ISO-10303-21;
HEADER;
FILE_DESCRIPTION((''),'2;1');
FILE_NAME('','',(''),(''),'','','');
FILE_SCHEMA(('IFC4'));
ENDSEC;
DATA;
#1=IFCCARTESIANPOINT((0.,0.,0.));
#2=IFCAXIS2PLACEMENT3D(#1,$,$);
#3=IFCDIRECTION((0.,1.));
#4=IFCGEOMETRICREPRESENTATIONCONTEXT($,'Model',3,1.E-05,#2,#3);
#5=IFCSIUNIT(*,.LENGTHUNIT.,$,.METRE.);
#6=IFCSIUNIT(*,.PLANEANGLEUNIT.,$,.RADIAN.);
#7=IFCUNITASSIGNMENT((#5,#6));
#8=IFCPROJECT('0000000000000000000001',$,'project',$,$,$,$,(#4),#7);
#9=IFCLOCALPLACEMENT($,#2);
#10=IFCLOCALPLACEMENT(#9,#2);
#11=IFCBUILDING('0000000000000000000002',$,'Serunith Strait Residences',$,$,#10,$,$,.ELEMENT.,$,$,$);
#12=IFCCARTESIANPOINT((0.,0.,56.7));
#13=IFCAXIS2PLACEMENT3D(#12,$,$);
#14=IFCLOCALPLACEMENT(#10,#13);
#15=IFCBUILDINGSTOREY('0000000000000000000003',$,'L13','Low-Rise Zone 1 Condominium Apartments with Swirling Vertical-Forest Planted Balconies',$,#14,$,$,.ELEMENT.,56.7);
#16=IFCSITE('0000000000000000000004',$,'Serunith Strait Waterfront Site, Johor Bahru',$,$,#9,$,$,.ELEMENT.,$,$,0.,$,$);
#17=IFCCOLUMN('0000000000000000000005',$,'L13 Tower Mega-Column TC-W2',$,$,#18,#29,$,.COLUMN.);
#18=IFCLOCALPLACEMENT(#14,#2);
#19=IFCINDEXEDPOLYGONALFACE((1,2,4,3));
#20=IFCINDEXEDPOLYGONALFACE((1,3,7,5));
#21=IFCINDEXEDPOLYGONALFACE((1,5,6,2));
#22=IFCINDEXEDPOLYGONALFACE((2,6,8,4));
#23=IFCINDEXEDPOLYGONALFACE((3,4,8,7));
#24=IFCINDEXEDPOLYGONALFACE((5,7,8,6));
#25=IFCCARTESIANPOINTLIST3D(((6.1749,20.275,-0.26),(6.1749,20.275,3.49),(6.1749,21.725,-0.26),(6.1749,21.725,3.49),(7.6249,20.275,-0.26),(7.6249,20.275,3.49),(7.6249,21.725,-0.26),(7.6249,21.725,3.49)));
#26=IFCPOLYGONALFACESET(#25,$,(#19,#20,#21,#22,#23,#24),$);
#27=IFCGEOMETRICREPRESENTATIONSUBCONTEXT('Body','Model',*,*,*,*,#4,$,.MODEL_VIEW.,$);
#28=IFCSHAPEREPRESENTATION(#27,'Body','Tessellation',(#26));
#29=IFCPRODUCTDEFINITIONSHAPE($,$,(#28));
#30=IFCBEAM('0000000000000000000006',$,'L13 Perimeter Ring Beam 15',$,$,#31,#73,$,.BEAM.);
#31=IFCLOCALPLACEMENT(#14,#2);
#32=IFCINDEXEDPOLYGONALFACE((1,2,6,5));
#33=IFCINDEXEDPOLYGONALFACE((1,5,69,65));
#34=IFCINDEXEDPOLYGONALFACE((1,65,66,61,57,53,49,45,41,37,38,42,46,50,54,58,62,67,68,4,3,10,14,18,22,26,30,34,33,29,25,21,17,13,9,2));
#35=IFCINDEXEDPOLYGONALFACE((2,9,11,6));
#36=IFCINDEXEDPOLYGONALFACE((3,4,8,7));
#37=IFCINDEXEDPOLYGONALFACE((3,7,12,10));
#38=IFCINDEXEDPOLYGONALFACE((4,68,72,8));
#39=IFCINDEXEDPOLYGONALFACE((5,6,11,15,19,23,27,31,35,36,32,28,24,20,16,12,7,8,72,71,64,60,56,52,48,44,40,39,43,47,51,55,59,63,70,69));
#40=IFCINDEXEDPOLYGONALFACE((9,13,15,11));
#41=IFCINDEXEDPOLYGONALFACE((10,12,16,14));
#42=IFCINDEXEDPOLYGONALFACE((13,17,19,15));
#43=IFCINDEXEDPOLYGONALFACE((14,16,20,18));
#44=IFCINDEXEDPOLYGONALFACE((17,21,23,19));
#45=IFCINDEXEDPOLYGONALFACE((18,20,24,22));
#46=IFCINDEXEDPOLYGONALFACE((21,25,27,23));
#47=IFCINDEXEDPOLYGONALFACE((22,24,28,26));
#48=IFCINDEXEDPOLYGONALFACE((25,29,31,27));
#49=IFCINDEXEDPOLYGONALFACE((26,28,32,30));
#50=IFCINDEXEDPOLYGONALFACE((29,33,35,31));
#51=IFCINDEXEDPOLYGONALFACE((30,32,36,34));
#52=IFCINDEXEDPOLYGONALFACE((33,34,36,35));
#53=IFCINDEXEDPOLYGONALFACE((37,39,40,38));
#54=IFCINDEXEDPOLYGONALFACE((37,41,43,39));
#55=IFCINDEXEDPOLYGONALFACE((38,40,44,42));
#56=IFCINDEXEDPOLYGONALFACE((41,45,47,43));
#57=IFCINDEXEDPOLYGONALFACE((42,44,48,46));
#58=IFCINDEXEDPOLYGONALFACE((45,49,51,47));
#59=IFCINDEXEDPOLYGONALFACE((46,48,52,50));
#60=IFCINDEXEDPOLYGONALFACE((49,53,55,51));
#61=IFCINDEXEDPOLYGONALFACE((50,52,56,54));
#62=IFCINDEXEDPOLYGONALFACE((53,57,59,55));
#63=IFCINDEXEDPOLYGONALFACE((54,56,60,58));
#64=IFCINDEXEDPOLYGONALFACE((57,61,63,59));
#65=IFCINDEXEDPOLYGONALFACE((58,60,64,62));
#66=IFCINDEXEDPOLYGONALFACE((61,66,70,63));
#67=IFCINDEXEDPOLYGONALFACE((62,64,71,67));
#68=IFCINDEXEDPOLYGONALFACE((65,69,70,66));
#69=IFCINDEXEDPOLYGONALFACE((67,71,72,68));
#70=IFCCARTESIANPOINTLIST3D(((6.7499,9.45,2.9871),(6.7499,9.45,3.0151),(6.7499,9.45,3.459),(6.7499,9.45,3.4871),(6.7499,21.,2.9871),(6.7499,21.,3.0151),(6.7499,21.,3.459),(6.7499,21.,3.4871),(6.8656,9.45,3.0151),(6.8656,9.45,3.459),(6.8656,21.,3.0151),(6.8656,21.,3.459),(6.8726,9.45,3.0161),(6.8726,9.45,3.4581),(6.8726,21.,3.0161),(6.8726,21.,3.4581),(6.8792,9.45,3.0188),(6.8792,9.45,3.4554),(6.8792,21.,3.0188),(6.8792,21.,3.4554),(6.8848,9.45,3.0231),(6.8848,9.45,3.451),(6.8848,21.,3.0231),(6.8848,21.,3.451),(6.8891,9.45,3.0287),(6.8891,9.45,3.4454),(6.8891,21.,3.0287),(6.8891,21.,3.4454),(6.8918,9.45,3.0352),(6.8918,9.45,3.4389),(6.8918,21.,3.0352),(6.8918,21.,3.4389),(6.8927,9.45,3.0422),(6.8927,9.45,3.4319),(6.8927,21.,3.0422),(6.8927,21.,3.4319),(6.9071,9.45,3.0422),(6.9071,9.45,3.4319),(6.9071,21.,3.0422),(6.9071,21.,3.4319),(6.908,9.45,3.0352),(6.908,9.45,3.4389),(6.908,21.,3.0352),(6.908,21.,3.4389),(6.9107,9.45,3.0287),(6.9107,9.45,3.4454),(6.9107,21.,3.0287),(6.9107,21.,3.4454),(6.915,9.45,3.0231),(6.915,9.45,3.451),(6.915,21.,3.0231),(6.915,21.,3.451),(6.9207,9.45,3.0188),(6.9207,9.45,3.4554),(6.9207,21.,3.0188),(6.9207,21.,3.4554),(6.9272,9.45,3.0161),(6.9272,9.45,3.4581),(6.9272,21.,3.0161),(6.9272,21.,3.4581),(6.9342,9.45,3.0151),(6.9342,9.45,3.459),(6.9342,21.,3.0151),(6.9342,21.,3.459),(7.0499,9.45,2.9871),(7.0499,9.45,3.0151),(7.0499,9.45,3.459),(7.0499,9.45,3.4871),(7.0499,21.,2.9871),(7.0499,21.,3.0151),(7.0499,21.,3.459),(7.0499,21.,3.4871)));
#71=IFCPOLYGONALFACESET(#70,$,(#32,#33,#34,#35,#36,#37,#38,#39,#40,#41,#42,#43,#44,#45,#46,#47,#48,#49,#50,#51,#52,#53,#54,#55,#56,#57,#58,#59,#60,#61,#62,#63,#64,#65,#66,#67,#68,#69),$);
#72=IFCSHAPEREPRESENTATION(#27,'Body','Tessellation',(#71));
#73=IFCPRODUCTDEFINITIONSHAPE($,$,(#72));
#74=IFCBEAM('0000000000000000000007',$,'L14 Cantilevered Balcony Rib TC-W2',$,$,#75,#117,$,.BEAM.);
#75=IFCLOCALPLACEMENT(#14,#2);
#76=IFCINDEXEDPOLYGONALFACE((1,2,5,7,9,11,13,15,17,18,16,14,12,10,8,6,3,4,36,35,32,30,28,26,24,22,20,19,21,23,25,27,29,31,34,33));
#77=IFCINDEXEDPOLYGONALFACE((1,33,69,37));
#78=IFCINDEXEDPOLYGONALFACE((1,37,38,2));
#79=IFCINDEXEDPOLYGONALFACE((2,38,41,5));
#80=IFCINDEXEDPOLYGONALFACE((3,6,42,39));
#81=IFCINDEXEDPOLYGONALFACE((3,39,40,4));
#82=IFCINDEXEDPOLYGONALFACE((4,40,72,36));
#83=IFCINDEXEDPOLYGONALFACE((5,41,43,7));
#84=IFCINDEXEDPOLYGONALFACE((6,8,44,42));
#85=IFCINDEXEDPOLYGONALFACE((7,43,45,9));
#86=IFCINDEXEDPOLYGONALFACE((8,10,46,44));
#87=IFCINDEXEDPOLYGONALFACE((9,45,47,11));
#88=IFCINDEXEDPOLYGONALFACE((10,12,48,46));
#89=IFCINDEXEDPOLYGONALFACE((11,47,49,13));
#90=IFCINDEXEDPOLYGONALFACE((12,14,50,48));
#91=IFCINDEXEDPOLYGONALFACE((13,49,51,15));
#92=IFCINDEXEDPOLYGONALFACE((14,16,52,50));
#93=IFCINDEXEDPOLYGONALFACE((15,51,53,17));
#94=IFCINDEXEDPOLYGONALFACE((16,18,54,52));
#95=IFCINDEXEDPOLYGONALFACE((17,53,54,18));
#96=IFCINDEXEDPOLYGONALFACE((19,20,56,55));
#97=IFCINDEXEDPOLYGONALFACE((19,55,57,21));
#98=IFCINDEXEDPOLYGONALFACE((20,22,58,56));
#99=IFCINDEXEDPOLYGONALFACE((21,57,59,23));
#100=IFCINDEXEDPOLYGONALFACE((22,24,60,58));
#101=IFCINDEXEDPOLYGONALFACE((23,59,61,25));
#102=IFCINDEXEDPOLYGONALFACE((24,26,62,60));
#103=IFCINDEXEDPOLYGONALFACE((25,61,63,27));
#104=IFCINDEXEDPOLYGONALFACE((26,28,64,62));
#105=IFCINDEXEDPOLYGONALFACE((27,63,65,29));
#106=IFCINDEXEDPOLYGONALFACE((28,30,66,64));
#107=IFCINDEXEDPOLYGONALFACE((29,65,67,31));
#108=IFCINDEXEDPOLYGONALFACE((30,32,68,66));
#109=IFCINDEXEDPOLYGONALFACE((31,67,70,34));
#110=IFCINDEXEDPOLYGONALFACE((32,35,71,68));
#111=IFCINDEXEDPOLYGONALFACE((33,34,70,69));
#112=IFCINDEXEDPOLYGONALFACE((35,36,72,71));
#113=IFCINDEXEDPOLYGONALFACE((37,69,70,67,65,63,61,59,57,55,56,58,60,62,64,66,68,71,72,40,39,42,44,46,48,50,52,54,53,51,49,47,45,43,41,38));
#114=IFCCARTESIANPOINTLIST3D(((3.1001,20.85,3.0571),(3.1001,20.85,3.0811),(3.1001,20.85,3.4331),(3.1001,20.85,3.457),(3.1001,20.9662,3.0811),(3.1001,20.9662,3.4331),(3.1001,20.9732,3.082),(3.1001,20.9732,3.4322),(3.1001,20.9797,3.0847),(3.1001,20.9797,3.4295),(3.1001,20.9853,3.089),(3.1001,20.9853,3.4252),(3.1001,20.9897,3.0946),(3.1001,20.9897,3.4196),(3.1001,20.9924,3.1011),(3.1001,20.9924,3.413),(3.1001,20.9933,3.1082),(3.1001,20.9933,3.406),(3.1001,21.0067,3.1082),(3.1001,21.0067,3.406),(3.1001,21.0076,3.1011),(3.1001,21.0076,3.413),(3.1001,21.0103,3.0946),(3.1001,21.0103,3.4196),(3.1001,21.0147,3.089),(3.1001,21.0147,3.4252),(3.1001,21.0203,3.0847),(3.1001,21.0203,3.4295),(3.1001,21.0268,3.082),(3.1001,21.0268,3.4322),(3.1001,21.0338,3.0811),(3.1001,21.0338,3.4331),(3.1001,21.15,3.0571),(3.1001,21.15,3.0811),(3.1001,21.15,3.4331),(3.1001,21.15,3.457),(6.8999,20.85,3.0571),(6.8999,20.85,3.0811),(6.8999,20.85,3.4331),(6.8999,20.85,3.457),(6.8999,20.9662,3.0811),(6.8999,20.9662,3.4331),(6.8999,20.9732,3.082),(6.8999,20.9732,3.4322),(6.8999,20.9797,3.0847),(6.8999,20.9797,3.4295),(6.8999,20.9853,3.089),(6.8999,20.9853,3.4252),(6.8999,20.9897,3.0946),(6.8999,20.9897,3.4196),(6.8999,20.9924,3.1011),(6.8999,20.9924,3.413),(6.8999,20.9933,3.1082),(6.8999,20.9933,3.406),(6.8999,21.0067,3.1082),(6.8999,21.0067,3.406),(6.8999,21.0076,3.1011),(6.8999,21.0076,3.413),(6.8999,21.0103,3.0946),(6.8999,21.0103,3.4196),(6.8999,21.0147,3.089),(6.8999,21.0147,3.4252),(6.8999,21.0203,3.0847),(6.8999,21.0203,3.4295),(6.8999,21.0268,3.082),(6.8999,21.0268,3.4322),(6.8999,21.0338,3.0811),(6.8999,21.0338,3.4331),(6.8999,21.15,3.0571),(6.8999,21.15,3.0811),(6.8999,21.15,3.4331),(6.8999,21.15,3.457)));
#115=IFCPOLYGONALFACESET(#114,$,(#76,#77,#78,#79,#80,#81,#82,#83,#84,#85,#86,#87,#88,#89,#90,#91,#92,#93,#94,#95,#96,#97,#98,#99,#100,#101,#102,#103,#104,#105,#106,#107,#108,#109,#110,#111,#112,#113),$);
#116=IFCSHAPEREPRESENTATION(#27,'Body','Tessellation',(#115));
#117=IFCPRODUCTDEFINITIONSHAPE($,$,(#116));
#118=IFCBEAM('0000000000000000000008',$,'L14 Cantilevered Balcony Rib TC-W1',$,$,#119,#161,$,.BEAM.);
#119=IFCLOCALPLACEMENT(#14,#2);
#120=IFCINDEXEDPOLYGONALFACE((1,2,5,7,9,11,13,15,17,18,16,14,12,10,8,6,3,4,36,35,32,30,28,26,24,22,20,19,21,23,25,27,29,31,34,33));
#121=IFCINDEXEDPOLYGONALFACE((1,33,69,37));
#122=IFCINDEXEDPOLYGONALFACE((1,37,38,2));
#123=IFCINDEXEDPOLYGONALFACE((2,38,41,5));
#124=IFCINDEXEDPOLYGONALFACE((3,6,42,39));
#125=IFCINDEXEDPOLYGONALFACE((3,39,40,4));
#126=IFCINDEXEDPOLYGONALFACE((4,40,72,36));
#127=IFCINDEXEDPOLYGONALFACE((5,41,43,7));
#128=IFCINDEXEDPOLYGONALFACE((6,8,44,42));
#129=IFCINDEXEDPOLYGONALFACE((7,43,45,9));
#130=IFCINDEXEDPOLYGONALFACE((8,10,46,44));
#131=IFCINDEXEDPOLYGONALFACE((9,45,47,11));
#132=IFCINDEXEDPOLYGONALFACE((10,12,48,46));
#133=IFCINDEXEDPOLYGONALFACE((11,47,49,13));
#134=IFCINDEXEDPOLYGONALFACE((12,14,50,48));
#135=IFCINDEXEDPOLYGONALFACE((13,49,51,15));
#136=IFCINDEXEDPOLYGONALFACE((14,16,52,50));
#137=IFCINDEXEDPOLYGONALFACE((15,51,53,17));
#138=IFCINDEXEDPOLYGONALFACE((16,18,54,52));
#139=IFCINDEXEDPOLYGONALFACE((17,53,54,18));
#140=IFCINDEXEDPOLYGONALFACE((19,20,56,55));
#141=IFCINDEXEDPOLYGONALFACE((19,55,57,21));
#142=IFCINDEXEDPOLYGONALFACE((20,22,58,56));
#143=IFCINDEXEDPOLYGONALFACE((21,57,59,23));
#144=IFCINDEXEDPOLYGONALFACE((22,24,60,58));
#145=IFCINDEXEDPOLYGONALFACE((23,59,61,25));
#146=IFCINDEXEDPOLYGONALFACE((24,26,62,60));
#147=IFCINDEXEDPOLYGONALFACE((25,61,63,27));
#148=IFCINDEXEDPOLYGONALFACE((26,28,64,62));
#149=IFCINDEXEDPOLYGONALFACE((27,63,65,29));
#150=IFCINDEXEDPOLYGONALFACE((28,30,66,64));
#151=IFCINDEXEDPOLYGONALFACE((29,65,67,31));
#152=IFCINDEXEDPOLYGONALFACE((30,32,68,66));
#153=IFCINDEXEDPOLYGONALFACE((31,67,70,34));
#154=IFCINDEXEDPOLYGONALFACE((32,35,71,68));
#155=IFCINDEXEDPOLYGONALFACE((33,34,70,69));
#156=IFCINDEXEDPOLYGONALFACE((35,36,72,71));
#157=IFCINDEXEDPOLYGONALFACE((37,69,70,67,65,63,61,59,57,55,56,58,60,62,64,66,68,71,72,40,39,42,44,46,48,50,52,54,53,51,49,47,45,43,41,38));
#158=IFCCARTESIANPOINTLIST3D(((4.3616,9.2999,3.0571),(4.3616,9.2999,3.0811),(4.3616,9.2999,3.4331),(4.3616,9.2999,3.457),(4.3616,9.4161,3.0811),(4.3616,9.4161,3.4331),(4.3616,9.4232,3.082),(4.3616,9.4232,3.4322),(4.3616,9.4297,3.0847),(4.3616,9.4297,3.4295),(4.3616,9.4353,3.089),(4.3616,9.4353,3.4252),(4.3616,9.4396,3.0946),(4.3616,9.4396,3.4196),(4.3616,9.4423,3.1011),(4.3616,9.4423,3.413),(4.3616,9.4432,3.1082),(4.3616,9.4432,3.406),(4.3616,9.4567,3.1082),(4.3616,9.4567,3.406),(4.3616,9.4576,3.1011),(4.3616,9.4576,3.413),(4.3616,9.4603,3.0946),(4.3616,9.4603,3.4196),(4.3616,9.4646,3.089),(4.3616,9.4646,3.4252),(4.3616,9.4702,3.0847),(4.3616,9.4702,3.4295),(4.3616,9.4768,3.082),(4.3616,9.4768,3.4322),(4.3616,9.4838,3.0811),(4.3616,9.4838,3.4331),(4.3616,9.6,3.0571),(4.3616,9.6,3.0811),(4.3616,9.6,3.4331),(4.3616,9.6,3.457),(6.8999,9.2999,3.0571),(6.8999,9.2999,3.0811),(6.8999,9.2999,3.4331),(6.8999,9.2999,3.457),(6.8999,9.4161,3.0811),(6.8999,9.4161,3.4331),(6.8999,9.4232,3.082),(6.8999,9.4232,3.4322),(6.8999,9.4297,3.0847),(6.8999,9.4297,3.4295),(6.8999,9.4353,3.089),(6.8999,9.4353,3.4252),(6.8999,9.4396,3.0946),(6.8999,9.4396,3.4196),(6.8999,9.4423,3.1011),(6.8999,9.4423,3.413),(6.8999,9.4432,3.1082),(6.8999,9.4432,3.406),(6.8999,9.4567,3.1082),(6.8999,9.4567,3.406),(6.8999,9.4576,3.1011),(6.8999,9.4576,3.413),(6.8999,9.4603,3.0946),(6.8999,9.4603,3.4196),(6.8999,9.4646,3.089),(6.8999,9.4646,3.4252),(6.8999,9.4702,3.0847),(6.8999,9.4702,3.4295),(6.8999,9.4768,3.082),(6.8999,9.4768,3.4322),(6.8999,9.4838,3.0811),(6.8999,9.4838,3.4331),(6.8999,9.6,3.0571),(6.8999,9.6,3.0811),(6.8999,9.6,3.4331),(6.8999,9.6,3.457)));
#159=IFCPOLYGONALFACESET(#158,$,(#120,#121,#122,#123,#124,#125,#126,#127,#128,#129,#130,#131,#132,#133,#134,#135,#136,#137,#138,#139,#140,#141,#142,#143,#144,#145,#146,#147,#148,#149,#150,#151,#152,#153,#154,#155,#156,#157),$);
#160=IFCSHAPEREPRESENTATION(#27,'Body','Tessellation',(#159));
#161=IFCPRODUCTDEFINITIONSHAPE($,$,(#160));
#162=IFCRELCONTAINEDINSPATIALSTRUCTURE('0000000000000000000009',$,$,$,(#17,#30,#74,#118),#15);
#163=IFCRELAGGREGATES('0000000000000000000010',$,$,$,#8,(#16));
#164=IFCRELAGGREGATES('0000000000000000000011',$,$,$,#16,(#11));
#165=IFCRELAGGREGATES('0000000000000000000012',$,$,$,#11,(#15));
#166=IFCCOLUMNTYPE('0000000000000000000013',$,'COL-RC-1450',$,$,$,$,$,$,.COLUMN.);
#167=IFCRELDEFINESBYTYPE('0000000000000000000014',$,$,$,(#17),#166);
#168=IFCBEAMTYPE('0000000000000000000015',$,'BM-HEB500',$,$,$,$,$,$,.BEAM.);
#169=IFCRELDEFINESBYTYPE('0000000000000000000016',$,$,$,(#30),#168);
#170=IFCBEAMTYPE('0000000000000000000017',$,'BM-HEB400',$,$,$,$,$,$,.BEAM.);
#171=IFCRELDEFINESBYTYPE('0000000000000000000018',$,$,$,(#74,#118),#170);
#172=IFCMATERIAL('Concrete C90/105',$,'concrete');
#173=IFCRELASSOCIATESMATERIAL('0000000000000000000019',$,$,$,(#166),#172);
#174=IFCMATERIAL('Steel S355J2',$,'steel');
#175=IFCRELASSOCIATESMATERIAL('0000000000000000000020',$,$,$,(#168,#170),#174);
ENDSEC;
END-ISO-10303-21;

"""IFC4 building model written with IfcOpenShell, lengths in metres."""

from ifc_helpers import new_model, si_unit, direction, frame, origin, origin_2d, place, context, subcontext, project, spatial, rectangle, i_section, extrude, source, transform, mapped, material, material_profile, profile_set, type_object, element, save


model = new_model("IFC4")

# Units and contexts
model_context = context("Model", 3, precision=1e-05, world=origin(), true_north=direction((0.0, 1.0)))
body_context = subcontext(model_context, "Body", "Model", "MODEL_VIEW")
ifc_project = project(units=[si_unit("LENGTHUNIT", "METRE"), si_unit("PLANEANGLEUNIT", "RADIAN")], contexts=[model_context])

# Site, building, storey
site_placement = place(None, origin())
site = spatial("IfcSite", under=ifc_project, at=site_placement, Name="Serunith Strait Waterfront Site, Johor Bahru", CompositionType="ELEMENT", RefElevation=0.0)
building_placement = place(site_placement, origin())
building = spatial("IfcBuilding", under=site, at=building_placement, Name="Serunith Strait Residences", CompositionType="ELEMENT")
storey_placement = place(building_placement, frame((0.0, 0.0, 56.7)))
storey = spatial("IfcBuildingStorey", under=building, at=storey_placement, Name="L13", Description="Low-Rise Zone 1 Condominium Apartments with Swirling Vertical-Forest Planted Balconies", CompositionType="ELEMENT", Elevation=56.7)

# Column
ifc_material_1 = material(Name="Concrete C90/105", Category="concrete")
ifc_material_profile_1 = material_profile(ifc_material_1, rectangle(XDim=1.45, YDim=1.45, at=origin_2d()), Name="RC 1450x1450")
ifc_profile_set_1 = profile_set([ifc_material_profile_1], Name="Concrete C90/105")
column_type = type_object("IfcColumnType", Name="COL-RC-1450", PredefinedType="COLUMN", material=ifc_profile_set_1)
shared_shape_1 = source(origin(), body_context, "Body", "SweptSolid", [
    extrude(rectangle(XDim=1.45, YDim=1.45, at=origin_2d()), origin(), (0.0, 0.0, 1.0), 3.75),
])
column_placement = place(storey_placement, frame((6.8999, 21.0, -0.26), z_axis=(0.0, 0.0, 1.0), x_axis=(1.0, 0.0, 0.0)))
element("IfcColumn", 1, at=column_placement, inside=storey, type_object=column_type, Name="L13 Tower Mega-Column TC-W2", PredefinedType="COLUMN", context=body_context, shape_type="MappedRepresentation", body=[
    mapped(shared_shape_1, transform((0.0, 0.0, 0.0), scale=1.0)),
])

# Beams
ifc_material_2 = material(Name="Steel S355J2", Category="steel")
ifc_material_profile_2 = material_profile(ifc_material_2, i_section(OverallWidth=0.3, OverallDepth=0.5, WebThickness=0.0144, FlangeThickness=0.0281, FilletRadius=0.0271, at=origin_2d()), Name="HEB 500")
ifc_profile_set_2 = profile_set([ifc_material_profile_2], Name="Steel S355J2")
beam_type_1 = type_object("IfcBeamType", Name="BM-HEB500", PredefinedType="BEAM", material=ifc_profile_set_2)
shared_shape_2 = source(origin(), body_context, "Body", "SweptSolid", [
    extrude(i_section(OverallWidth=0.3, OverallDepth=0.5, WebThickness=0.0144, FlangeThickness=0.0281, FilletRadius=0.0271, at=origin_2d()), origin(), (0.0, 0.0, 1.0), 11.55),
])
beam_1_placement = place(storey_placement, frame((6.8999, 21.0, 3.2371), z_axis=(0.0, -1.0, 0.0), x_axis=(1.0, 0.0, 0.0)))
element("IfcBeam", 2, at=beam_1_placement, inside=storey, type_object=beam_type_1, Name="L13 Perimeter Ring Beam 15", PredefinedType="BEAM", context=body_context, shape_type="MappedRepresentation", body=[
    mapped(shared_shape_2, transform((0.0, 0.0, 0.0), scale=1.0)),
])
ifc_material_profile_3 = material_profile(ifc_material_2, i_section(OverallWidth=0.3, OverallDepth=0.3999, WebThickness=0.0134, FlangeThickness=0.0239, FilletRadius=0.0271, at=origin_2d()), Name="HEB 400")
ifc_profile_set_3 = profile_set([ifc_material_profile_3], Name="Steel S355J2")
beam_type_2 = type_object("IfcBeamType", Name="BM-HEB400", PredefinedType="BEAM", material=ifc_profile_set_3)
shared_shape_3 = source(origin(), body_context, "Body", "SweptSolid", [
    extrude(i_section(OverallWidth=0.3, OverallDepth=0.3999, WebThickness=0.0134, FlangeThickness=0.0239, FilletRadius=0.0271, at=origin_2d()), origin(), (0.0, 0.0, 1.0), 3.7998),
])
beam_2_placement = place(storey_placement, frame((6.8999, 21.0, 3.2571), z_axis=(-1.0, 0.0, 0.0), x_axis=(0.0, -1.0, 0.0)))
element("IfcBeam", 3, at=beam_2_placement, inside=storey, type_object=beam_type_2, Name="L14 Cantilevered Balcony Rib TC-W2", PredefinedType="BEAM", context=body_context, shape_type="MappedRepresentation", body=[
    mapped(shared_shape_3, transform((0.0, 0.0, 0.0), scale=1.0)),
])
shared_shape_4 = source(origin(), body_context, "Body", "SweptSolid", [
    extrude(i_section(OverallWidth=0.3, OverallDepth=0.3999, WebThickness=0.0134, FlangeThickness=0.0239, FilletRadius=0.0271, at=origin_2d()), origin(), (0.0, 0.0, 1.0), 2.5383),
])
beam_3_placement = place(storey_placement, frame((6.8999, 9.45, 3.2571), z_axis=(-1.0, 0.0, 0.0), x_axis=(0.0, -1.0, 0.0)))
element("IfcBeam", 4, at=beam_3_placement, inside=storey, type_object=beam_type_2, Name="L14 Cantilevered Balcony Rib TC-W1", PredefinedType="BEAM", context=body_context, shape_type="MappedRepresentation", body=[
    mapped(shared_shape_4, transform((0.0, 0.0, 0.0), scale=1.0)),
])

save(model, "model.ifc")
